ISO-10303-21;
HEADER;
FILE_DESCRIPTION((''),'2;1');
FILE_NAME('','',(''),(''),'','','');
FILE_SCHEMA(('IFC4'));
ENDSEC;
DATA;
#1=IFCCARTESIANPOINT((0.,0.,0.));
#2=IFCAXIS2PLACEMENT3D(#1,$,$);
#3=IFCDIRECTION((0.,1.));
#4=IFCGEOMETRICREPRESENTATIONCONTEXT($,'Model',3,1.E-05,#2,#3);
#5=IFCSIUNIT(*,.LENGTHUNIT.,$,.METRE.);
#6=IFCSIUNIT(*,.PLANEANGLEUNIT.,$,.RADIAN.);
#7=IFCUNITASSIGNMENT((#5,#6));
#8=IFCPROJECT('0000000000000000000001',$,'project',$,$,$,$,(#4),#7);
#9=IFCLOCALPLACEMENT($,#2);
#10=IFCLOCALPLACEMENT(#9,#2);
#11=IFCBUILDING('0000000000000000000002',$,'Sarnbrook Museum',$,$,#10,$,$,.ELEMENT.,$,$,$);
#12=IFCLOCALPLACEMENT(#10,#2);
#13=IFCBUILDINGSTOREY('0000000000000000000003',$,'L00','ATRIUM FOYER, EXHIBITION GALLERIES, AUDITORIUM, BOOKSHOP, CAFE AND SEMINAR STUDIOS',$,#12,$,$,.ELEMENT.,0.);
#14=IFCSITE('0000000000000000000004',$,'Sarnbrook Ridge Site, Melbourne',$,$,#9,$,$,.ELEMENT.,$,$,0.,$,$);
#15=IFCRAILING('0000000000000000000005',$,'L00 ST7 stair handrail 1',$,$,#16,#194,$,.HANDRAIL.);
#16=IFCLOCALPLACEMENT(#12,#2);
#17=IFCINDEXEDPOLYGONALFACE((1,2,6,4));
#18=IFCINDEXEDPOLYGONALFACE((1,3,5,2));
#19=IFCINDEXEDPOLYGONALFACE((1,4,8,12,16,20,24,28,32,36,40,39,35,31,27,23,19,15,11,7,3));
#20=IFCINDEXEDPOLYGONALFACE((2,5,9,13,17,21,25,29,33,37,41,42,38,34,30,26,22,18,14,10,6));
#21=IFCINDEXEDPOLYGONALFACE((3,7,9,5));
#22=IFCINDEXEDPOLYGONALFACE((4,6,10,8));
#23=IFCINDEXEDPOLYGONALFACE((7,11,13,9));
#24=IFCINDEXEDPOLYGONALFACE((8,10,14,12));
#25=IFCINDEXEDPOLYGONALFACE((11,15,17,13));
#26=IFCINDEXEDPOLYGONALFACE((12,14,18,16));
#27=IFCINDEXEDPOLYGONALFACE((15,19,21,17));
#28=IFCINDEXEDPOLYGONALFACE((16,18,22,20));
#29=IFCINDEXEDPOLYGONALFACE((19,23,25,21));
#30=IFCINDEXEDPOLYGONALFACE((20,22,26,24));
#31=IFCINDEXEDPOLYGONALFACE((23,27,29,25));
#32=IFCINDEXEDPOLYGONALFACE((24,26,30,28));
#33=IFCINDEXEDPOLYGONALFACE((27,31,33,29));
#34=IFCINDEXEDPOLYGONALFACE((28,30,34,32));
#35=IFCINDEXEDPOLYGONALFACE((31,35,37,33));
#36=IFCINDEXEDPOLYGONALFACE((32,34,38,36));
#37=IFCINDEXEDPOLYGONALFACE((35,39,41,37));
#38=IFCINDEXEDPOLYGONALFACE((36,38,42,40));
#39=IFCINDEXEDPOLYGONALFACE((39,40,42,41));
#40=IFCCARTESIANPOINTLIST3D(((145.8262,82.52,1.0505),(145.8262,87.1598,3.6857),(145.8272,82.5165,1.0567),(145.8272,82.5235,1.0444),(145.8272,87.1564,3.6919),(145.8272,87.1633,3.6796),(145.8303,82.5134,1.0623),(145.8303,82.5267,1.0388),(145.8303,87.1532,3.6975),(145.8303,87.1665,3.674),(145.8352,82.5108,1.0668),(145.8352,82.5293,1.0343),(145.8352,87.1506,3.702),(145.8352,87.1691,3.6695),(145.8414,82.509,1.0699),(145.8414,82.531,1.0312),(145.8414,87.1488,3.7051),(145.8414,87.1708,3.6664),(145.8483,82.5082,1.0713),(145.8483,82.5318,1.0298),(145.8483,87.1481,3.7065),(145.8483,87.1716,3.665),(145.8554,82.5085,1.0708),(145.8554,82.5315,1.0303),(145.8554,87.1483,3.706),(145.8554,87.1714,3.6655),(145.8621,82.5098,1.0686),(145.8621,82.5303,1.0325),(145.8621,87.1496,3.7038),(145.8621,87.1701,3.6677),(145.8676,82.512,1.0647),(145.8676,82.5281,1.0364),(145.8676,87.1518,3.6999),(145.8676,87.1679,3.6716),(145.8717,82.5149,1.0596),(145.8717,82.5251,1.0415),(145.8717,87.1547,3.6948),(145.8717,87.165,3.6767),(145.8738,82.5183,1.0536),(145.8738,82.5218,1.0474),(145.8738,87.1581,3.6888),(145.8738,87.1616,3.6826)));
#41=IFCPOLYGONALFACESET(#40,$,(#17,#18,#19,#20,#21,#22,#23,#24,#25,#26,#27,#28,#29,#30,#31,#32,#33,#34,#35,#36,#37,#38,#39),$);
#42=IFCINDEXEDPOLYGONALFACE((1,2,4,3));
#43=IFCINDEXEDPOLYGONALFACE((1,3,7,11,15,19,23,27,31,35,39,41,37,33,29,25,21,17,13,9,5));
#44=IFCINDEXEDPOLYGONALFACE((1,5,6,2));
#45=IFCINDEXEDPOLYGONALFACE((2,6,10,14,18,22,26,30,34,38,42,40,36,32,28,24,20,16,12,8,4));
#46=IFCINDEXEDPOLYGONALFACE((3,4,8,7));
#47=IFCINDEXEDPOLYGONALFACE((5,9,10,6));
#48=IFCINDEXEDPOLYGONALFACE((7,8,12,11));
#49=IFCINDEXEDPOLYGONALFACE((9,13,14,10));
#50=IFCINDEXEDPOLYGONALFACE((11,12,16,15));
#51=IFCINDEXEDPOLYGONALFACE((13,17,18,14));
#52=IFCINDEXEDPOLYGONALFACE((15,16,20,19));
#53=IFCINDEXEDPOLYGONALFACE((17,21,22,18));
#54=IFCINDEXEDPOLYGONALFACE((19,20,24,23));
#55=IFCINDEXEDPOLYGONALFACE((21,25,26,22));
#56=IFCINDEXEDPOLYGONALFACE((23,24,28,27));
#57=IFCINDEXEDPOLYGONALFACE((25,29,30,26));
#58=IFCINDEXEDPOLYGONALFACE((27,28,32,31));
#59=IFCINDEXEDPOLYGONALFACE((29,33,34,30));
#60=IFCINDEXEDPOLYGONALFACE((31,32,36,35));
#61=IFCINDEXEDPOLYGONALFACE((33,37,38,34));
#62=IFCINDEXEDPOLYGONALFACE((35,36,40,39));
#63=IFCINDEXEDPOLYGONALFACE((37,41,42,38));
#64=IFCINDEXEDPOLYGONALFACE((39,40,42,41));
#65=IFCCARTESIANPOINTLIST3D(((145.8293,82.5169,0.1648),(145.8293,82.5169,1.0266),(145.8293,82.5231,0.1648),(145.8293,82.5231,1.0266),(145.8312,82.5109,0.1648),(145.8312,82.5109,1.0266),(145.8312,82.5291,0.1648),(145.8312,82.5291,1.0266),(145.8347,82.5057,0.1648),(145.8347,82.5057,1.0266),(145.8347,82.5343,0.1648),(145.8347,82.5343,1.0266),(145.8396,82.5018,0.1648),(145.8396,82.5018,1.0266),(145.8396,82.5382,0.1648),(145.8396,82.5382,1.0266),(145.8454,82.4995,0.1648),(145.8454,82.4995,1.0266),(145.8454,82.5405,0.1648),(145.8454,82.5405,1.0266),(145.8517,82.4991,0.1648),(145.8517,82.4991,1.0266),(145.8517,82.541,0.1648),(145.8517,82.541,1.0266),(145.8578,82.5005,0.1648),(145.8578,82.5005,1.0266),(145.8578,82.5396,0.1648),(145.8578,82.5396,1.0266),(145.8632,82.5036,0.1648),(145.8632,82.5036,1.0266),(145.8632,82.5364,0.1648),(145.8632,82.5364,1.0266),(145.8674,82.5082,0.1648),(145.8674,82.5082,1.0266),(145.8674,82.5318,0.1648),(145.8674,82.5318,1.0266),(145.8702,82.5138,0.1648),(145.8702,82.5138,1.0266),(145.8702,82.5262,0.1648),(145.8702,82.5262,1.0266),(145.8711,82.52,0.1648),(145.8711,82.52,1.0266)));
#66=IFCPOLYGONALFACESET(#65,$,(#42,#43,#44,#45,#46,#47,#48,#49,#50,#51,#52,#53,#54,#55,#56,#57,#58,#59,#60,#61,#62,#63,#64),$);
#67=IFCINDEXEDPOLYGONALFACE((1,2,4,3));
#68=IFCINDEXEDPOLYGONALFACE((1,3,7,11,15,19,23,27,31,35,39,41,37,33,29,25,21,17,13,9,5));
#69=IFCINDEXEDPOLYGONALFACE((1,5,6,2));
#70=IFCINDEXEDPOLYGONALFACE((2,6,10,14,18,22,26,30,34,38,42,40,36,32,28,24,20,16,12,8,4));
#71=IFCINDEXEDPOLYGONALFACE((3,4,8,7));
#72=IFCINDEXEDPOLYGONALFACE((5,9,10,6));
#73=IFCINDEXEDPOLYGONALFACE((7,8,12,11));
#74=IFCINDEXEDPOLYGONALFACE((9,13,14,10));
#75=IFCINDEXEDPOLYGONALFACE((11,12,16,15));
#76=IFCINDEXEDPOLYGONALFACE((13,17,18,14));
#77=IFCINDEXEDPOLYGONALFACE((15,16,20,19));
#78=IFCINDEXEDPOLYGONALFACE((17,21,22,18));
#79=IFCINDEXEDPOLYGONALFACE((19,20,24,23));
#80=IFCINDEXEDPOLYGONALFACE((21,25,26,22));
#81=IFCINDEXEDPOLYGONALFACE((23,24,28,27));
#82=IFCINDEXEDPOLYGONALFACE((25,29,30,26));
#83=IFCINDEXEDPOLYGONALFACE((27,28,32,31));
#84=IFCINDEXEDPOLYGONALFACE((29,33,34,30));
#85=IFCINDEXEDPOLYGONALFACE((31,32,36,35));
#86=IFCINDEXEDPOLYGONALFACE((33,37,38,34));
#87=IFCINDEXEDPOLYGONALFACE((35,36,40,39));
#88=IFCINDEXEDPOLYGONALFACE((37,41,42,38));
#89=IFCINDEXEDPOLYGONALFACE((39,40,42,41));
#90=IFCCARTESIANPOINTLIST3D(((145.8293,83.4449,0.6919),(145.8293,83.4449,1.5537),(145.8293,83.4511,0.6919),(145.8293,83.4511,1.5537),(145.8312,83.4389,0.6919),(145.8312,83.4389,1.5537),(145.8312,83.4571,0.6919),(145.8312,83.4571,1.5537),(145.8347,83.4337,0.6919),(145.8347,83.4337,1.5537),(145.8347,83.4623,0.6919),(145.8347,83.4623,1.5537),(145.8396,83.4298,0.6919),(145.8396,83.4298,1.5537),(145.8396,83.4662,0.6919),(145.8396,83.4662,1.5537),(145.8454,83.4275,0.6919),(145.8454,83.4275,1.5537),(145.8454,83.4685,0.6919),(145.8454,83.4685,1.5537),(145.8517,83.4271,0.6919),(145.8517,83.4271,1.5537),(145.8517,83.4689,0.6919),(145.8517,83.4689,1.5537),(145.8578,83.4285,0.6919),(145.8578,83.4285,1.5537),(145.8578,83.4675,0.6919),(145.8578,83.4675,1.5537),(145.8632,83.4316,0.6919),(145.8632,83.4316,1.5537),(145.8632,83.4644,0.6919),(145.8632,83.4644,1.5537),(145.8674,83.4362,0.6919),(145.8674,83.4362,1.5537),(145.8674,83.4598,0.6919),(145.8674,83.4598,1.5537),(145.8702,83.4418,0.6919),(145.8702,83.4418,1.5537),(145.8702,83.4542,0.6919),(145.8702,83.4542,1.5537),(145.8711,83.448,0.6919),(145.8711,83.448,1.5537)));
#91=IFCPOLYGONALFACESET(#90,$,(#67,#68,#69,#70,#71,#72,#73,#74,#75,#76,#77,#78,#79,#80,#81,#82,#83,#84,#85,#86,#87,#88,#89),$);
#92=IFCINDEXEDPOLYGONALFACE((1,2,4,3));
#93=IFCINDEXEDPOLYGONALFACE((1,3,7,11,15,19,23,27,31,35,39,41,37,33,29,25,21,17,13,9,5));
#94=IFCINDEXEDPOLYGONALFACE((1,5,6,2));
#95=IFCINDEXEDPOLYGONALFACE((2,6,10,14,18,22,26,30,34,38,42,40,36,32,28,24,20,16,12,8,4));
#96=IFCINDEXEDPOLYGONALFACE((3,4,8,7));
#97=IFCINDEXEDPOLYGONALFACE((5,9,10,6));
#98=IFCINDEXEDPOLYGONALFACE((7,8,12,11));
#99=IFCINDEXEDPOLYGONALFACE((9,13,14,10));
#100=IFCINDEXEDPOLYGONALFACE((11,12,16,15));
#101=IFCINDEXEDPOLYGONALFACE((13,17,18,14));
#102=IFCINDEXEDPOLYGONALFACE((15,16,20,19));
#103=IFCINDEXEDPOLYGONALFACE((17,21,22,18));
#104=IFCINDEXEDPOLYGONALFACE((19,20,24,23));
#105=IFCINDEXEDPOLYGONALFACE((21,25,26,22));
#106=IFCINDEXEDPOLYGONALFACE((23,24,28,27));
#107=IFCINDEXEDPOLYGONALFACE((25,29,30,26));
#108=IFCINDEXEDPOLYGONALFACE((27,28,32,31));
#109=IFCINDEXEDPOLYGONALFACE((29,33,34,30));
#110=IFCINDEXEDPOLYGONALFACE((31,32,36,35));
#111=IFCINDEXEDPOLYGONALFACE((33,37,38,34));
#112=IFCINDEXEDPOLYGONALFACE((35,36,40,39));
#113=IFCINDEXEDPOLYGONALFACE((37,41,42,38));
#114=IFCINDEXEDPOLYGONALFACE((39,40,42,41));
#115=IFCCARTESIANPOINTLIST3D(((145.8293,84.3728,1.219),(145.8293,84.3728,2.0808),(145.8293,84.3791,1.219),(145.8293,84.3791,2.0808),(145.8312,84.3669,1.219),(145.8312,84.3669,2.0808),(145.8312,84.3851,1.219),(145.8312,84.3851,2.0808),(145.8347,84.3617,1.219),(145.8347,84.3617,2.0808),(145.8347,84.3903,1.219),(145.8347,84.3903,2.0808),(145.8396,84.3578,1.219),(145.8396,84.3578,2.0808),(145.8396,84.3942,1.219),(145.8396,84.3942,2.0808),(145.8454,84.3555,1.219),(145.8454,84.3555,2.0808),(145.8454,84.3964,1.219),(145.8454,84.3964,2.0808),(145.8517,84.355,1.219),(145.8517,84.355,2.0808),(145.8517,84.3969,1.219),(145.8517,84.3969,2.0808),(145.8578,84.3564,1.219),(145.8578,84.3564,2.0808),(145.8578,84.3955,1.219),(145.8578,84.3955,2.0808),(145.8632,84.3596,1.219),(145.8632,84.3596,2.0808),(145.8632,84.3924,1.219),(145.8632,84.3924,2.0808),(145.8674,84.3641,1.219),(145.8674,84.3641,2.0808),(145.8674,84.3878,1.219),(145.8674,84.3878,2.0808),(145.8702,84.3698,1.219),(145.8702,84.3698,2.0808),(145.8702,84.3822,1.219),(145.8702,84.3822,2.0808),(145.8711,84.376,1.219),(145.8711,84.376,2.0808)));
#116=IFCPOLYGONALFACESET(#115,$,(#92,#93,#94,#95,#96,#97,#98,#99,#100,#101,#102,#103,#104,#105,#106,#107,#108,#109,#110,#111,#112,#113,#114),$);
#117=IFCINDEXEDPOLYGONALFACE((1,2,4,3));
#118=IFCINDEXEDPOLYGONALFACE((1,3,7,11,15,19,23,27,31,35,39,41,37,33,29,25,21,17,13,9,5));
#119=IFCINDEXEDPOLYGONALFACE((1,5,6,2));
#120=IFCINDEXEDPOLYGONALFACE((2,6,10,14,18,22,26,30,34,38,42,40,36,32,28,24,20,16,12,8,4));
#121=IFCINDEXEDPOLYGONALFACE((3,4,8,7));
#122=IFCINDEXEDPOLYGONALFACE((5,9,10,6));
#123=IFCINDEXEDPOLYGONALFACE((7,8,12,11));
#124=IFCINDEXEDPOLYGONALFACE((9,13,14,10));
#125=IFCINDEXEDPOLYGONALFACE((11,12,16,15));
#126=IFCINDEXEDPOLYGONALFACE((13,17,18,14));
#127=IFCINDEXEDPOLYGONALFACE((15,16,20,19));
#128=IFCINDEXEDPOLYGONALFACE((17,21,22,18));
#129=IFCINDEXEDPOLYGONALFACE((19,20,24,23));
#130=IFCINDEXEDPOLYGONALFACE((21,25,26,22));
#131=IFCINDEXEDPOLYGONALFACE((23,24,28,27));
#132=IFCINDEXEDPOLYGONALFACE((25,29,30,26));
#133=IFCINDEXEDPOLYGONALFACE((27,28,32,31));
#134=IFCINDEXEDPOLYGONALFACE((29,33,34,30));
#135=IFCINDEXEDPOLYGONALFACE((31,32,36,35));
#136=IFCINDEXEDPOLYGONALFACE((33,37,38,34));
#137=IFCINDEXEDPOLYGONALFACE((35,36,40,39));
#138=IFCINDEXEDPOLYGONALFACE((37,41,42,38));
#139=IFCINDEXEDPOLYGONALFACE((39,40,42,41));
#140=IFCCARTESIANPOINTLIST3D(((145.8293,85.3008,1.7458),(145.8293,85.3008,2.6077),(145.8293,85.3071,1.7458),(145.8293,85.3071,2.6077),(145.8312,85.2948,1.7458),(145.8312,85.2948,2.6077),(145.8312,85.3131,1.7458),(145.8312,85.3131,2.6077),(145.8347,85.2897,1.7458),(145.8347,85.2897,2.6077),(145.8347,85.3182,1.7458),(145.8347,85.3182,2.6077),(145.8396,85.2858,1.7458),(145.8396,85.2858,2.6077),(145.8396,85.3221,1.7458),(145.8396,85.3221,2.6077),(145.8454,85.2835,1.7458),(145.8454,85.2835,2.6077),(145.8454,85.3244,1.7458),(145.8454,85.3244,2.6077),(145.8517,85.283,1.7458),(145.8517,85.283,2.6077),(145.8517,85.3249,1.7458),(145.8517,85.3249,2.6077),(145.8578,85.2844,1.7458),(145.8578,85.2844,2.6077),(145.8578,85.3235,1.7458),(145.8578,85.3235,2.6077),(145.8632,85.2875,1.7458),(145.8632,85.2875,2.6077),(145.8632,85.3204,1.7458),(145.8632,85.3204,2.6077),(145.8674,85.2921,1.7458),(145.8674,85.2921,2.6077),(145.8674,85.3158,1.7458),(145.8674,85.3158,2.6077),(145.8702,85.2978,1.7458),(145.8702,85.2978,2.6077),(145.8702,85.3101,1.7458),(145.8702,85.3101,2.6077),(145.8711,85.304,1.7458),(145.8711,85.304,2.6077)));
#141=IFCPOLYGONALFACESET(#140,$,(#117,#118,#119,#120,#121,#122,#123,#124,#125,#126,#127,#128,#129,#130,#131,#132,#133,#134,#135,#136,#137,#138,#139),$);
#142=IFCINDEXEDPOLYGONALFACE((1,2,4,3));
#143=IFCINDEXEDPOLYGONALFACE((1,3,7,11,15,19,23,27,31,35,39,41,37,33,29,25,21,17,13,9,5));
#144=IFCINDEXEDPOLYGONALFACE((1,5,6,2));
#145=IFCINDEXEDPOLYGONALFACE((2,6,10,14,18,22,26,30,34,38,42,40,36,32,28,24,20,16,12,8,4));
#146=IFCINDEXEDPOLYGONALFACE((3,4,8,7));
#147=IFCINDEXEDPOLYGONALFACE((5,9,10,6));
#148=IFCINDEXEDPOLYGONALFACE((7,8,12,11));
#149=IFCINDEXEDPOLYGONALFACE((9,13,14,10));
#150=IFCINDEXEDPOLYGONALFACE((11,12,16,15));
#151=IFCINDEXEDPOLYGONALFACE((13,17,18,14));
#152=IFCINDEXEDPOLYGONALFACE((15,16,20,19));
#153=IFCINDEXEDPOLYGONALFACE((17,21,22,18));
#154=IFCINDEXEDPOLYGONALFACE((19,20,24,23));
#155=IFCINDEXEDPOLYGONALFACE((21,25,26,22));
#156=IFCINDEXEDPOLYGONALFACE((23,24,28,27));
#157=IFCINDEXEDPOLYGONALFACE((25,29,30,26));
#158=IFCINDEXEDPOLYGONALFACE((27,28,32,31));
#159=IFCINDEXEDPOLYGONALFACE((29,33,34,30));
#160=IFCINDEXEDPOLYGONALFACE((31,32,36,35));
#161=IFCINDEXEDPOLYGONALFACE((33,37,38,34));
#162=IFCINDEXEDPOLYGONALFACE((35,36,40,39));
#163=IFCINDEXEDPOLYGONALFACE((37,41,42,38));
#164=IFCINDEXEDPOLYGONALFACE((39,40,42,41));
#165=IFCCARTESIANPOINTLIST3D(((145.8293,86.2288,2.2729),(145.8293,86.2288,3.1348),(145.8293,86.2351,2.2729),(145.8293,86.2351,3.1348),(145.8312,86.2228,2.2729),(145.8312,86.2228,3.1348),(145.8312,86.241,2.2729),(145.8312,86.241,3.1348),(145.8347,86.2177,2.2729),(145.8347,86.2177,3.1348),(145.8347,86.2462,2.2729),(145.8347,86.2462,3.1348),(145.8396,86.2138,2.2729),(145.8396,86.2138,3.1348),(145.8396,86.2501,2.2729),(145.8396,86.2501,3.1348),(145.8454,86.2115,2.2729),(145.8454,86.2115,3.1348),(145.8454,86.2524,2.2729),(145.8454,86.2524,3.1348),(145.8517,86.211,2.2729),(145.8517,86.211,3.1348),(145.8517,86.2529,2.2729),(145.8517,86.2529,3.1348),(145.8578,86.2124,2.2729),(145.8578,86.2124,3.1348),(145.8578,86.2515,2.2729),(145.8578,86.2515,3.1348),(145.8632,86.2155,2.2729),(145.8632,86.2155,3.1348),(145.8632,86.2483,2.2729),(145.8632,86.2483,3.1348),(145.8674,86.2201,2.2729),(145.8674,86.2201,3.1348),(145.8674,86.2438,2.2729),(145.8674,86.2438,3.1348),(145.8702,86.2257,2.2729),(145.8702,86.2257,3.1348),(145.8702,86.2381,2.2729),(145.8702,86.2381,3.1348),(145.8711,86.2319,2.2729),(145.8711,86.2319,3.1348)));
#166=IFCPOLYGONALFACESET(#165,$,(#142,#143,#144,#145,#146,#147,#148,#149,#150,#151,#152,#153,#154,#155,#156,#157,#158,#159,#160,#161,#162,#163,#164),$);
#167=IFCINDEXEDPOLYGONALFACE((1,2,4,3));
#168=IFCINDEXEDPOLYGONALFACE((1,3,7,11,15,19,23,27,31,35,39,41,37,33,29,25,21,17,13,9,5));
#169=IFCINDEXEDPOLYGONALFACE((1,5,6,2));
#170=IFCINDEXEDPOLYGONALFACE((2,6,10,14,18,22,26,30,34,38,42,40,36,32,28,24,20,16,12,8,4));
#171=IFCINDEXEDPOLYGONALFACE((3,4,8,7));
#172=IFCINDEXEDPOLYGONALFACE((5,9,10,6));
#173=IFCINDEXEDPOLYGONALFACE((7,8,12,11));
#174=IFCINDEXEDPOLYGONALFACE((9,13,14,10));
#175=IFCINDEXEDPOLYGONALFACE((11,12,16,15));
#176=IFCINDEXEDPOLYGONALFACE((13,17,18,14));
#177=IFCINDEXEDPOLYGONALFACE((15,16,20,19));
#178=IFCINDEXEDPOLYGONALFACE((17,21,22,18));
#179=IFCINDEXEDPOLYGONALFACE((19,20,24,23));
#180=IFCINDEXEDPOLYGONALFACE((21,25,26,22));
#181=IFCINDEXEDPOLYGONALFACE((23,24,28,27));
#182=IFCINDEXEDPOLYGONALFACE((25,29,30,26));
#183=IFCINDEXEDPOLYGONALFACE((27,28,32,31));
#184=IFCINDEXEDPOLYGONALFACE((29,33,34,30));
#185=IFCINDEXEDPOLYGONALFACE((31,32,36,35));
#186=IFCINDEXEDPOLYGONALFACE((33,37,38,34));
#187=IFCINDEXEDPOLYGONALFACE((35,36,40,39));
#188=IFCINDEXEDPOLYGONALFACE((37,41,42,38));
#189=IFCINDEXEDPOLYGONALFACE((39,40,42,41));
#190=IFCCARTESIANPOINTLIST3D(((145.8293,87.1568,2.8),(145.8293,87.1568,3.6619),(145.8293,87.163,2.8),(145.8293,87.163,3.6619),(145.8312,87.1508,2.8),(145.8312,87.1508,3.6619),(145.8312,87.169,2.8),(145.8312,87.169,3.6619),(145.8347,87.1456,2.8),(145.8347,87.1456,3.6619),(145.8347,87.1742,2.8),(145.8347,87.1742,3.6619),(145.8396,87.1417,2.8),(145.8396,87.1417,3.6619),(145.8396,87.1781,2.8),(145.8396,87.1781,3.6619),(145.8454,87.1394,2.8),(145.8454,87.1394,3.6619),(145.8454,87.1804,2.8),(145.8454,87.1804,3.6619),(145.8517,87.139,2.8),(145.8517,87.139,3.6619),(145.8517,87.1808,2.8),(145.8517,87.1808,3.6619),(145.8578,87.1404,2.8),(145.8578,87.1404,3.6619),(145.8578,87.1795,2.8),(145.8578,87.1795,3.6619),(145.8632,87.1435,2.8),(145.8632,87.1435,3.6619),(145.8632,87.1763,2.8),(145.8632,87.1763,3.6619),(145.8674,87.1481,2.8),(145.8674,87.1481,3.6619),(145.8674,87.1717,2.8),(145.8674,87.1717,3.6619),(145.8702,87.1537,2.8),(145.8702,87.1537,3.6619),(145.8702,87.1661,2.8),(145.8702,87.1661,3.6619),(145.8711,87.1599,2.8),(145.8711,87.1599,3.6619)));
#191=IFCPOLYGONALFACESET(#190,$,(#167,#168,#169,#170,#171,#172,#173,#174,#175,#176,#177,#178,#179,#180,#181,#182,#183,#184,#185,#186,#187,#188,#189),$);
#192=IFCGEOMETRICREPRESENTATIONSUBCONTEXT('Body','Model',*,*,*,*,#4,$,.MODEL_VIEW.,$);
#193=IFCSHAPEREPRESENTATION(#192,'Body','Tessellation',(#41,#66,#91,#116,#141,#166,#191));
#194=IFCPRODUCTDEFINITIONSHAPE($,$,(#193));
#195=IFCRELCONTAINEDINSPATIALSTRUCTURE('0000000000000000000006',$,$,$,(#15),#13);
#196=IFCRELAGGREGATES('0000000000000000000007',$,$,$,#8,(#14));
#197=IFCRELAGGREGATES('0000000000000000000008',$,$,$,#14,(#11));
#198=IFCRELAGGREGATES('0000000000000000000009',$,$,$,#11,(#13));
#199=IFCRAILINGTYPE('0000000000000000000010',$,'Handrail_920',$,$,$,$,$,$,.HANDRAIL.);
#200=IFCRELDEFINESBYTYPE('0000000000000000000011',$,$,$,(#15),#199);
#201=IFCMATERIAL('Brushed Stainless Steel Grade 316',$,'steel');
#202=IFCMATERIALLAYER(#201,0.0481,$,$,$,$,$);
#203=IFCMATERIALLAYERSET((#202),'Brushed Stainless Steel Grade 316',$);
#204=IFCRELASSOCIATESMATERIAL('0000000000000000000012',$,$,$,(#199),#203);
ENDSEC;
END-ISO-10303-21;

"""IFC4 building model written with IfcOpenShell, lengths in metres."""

from ifc_helpers import new_model, si_unit, direction, frame, origin, origin_2d, place, context, subcontext, project, spatial, circle, extrude, material, layer, layer_set, type_object, element, save


model = new_model("IFC4")

# Units and contexts
model_context = context("Model", 3, precision=1e-05, world=origin(), true_north=direction((0.0, 1.0)))
body_context = subcontext(model_context, "Body", "Model", "MODEL_VIEW")
ifc_project = project(units=[si_unit("LENGTHUNIT", "METRE"), si_unit("PLANEANGLEUNIT", "RADIAN")], contexts=[model_context])

# Site, building, storey
site_placement = place(None, origin())
site = spatial("IfcSite", under=ifc_project, at=site_placement, Name="Sarnbrook Ridge Site, Melbourne", CompositionType="ELEMENT", RefElevation=0.0)
building_placement = place(site_placement, origin())
building = spatial("IfcBuilding", under=site, at=building_placement, Name="Sarnbrook Museum", CompositionType="ELEMENT")
storey_placement = place(building_placement, origin())
storey = spatial("IfcBuildingStorey", under=building, at=storey_placement, Name="L00", Description="ATRIUM FOYER, EXHIBITION GALLERIES, AUDITORIUM, BOOKSHOP, CAFE AND SEMINAR STUDIOS", CompositionType="ELEMENT", Elevation=0.0)

# Railing
ifc_material_1 = material(Name="Brushed Stainless Steel Grade 316", Category="steel")
ifc_layer_1 = layer(ifc_material_1, 0.0481)
ifc_layer_set_1 = layer_set([ifc_layer_1], Name="Brushed Stainless Steel Grade 316")
railing_type_1 = type_object("IfcRailingType", Name="Handrail_920", PredefinedType="HANDRAIL", material=ifc_layer_set_1)
railing_1_placement = place(storey_placement, frame((145.8501, 82.52, 0.1648)))
element("IfcRailing", 1, at=railing_1_placement, inside=storey, type_object=railing_type_1, Name="L00 ST7 stair handrail 1", PredefinedType="HANDRAIL", context=body_context, shape_type="SweptSolid", body=[
    extrude(circle(Radius=0.0239, at=origin_2d()), frame((0.0, 0.0, 0.8857), z_axis=(0.0, 0.869541, 0.493861), x_axis=(-1.0, 0.0, 0.0)), (0.0, 0.0, 1.0), 5.3359),
    extrude(circle(Radius=0.021, at=origin_2d()), origin(), (0.0, 0.0, 1.0), 0.8618),
    extrude(circle(Radius=0.021, at=origin_2d()), frame((0.0, 0.928, 0.5271)), (0.0, 0.0, 1.0), 0.8618),
    extrude(circle(Radius=0.021, at=origin_2d()), frame((0.0, 1.856, 1.0542)), (0.0, 0.0, 1.0), 0.8618),
    extrude(circle(Radius=0.021, at=origin_2d()), frame((0.0, 2.7839, 1.5811)), (0.0, 0.0, 1.0), 0.8618),
    extrude(circle(Radius=0.021, at=origin_2d()), frame((0.0, 3.7119, 2.1082)), (0.0, 0.0, 1.0), 0.8618),
    extrude(circle(Radius=0.021, at=origin_2d()), frame((0.0, 4.6399, 2.6353)), (0.0, 0.0, 1.0), 0.8618),
])

save(model, "model.ifc")
